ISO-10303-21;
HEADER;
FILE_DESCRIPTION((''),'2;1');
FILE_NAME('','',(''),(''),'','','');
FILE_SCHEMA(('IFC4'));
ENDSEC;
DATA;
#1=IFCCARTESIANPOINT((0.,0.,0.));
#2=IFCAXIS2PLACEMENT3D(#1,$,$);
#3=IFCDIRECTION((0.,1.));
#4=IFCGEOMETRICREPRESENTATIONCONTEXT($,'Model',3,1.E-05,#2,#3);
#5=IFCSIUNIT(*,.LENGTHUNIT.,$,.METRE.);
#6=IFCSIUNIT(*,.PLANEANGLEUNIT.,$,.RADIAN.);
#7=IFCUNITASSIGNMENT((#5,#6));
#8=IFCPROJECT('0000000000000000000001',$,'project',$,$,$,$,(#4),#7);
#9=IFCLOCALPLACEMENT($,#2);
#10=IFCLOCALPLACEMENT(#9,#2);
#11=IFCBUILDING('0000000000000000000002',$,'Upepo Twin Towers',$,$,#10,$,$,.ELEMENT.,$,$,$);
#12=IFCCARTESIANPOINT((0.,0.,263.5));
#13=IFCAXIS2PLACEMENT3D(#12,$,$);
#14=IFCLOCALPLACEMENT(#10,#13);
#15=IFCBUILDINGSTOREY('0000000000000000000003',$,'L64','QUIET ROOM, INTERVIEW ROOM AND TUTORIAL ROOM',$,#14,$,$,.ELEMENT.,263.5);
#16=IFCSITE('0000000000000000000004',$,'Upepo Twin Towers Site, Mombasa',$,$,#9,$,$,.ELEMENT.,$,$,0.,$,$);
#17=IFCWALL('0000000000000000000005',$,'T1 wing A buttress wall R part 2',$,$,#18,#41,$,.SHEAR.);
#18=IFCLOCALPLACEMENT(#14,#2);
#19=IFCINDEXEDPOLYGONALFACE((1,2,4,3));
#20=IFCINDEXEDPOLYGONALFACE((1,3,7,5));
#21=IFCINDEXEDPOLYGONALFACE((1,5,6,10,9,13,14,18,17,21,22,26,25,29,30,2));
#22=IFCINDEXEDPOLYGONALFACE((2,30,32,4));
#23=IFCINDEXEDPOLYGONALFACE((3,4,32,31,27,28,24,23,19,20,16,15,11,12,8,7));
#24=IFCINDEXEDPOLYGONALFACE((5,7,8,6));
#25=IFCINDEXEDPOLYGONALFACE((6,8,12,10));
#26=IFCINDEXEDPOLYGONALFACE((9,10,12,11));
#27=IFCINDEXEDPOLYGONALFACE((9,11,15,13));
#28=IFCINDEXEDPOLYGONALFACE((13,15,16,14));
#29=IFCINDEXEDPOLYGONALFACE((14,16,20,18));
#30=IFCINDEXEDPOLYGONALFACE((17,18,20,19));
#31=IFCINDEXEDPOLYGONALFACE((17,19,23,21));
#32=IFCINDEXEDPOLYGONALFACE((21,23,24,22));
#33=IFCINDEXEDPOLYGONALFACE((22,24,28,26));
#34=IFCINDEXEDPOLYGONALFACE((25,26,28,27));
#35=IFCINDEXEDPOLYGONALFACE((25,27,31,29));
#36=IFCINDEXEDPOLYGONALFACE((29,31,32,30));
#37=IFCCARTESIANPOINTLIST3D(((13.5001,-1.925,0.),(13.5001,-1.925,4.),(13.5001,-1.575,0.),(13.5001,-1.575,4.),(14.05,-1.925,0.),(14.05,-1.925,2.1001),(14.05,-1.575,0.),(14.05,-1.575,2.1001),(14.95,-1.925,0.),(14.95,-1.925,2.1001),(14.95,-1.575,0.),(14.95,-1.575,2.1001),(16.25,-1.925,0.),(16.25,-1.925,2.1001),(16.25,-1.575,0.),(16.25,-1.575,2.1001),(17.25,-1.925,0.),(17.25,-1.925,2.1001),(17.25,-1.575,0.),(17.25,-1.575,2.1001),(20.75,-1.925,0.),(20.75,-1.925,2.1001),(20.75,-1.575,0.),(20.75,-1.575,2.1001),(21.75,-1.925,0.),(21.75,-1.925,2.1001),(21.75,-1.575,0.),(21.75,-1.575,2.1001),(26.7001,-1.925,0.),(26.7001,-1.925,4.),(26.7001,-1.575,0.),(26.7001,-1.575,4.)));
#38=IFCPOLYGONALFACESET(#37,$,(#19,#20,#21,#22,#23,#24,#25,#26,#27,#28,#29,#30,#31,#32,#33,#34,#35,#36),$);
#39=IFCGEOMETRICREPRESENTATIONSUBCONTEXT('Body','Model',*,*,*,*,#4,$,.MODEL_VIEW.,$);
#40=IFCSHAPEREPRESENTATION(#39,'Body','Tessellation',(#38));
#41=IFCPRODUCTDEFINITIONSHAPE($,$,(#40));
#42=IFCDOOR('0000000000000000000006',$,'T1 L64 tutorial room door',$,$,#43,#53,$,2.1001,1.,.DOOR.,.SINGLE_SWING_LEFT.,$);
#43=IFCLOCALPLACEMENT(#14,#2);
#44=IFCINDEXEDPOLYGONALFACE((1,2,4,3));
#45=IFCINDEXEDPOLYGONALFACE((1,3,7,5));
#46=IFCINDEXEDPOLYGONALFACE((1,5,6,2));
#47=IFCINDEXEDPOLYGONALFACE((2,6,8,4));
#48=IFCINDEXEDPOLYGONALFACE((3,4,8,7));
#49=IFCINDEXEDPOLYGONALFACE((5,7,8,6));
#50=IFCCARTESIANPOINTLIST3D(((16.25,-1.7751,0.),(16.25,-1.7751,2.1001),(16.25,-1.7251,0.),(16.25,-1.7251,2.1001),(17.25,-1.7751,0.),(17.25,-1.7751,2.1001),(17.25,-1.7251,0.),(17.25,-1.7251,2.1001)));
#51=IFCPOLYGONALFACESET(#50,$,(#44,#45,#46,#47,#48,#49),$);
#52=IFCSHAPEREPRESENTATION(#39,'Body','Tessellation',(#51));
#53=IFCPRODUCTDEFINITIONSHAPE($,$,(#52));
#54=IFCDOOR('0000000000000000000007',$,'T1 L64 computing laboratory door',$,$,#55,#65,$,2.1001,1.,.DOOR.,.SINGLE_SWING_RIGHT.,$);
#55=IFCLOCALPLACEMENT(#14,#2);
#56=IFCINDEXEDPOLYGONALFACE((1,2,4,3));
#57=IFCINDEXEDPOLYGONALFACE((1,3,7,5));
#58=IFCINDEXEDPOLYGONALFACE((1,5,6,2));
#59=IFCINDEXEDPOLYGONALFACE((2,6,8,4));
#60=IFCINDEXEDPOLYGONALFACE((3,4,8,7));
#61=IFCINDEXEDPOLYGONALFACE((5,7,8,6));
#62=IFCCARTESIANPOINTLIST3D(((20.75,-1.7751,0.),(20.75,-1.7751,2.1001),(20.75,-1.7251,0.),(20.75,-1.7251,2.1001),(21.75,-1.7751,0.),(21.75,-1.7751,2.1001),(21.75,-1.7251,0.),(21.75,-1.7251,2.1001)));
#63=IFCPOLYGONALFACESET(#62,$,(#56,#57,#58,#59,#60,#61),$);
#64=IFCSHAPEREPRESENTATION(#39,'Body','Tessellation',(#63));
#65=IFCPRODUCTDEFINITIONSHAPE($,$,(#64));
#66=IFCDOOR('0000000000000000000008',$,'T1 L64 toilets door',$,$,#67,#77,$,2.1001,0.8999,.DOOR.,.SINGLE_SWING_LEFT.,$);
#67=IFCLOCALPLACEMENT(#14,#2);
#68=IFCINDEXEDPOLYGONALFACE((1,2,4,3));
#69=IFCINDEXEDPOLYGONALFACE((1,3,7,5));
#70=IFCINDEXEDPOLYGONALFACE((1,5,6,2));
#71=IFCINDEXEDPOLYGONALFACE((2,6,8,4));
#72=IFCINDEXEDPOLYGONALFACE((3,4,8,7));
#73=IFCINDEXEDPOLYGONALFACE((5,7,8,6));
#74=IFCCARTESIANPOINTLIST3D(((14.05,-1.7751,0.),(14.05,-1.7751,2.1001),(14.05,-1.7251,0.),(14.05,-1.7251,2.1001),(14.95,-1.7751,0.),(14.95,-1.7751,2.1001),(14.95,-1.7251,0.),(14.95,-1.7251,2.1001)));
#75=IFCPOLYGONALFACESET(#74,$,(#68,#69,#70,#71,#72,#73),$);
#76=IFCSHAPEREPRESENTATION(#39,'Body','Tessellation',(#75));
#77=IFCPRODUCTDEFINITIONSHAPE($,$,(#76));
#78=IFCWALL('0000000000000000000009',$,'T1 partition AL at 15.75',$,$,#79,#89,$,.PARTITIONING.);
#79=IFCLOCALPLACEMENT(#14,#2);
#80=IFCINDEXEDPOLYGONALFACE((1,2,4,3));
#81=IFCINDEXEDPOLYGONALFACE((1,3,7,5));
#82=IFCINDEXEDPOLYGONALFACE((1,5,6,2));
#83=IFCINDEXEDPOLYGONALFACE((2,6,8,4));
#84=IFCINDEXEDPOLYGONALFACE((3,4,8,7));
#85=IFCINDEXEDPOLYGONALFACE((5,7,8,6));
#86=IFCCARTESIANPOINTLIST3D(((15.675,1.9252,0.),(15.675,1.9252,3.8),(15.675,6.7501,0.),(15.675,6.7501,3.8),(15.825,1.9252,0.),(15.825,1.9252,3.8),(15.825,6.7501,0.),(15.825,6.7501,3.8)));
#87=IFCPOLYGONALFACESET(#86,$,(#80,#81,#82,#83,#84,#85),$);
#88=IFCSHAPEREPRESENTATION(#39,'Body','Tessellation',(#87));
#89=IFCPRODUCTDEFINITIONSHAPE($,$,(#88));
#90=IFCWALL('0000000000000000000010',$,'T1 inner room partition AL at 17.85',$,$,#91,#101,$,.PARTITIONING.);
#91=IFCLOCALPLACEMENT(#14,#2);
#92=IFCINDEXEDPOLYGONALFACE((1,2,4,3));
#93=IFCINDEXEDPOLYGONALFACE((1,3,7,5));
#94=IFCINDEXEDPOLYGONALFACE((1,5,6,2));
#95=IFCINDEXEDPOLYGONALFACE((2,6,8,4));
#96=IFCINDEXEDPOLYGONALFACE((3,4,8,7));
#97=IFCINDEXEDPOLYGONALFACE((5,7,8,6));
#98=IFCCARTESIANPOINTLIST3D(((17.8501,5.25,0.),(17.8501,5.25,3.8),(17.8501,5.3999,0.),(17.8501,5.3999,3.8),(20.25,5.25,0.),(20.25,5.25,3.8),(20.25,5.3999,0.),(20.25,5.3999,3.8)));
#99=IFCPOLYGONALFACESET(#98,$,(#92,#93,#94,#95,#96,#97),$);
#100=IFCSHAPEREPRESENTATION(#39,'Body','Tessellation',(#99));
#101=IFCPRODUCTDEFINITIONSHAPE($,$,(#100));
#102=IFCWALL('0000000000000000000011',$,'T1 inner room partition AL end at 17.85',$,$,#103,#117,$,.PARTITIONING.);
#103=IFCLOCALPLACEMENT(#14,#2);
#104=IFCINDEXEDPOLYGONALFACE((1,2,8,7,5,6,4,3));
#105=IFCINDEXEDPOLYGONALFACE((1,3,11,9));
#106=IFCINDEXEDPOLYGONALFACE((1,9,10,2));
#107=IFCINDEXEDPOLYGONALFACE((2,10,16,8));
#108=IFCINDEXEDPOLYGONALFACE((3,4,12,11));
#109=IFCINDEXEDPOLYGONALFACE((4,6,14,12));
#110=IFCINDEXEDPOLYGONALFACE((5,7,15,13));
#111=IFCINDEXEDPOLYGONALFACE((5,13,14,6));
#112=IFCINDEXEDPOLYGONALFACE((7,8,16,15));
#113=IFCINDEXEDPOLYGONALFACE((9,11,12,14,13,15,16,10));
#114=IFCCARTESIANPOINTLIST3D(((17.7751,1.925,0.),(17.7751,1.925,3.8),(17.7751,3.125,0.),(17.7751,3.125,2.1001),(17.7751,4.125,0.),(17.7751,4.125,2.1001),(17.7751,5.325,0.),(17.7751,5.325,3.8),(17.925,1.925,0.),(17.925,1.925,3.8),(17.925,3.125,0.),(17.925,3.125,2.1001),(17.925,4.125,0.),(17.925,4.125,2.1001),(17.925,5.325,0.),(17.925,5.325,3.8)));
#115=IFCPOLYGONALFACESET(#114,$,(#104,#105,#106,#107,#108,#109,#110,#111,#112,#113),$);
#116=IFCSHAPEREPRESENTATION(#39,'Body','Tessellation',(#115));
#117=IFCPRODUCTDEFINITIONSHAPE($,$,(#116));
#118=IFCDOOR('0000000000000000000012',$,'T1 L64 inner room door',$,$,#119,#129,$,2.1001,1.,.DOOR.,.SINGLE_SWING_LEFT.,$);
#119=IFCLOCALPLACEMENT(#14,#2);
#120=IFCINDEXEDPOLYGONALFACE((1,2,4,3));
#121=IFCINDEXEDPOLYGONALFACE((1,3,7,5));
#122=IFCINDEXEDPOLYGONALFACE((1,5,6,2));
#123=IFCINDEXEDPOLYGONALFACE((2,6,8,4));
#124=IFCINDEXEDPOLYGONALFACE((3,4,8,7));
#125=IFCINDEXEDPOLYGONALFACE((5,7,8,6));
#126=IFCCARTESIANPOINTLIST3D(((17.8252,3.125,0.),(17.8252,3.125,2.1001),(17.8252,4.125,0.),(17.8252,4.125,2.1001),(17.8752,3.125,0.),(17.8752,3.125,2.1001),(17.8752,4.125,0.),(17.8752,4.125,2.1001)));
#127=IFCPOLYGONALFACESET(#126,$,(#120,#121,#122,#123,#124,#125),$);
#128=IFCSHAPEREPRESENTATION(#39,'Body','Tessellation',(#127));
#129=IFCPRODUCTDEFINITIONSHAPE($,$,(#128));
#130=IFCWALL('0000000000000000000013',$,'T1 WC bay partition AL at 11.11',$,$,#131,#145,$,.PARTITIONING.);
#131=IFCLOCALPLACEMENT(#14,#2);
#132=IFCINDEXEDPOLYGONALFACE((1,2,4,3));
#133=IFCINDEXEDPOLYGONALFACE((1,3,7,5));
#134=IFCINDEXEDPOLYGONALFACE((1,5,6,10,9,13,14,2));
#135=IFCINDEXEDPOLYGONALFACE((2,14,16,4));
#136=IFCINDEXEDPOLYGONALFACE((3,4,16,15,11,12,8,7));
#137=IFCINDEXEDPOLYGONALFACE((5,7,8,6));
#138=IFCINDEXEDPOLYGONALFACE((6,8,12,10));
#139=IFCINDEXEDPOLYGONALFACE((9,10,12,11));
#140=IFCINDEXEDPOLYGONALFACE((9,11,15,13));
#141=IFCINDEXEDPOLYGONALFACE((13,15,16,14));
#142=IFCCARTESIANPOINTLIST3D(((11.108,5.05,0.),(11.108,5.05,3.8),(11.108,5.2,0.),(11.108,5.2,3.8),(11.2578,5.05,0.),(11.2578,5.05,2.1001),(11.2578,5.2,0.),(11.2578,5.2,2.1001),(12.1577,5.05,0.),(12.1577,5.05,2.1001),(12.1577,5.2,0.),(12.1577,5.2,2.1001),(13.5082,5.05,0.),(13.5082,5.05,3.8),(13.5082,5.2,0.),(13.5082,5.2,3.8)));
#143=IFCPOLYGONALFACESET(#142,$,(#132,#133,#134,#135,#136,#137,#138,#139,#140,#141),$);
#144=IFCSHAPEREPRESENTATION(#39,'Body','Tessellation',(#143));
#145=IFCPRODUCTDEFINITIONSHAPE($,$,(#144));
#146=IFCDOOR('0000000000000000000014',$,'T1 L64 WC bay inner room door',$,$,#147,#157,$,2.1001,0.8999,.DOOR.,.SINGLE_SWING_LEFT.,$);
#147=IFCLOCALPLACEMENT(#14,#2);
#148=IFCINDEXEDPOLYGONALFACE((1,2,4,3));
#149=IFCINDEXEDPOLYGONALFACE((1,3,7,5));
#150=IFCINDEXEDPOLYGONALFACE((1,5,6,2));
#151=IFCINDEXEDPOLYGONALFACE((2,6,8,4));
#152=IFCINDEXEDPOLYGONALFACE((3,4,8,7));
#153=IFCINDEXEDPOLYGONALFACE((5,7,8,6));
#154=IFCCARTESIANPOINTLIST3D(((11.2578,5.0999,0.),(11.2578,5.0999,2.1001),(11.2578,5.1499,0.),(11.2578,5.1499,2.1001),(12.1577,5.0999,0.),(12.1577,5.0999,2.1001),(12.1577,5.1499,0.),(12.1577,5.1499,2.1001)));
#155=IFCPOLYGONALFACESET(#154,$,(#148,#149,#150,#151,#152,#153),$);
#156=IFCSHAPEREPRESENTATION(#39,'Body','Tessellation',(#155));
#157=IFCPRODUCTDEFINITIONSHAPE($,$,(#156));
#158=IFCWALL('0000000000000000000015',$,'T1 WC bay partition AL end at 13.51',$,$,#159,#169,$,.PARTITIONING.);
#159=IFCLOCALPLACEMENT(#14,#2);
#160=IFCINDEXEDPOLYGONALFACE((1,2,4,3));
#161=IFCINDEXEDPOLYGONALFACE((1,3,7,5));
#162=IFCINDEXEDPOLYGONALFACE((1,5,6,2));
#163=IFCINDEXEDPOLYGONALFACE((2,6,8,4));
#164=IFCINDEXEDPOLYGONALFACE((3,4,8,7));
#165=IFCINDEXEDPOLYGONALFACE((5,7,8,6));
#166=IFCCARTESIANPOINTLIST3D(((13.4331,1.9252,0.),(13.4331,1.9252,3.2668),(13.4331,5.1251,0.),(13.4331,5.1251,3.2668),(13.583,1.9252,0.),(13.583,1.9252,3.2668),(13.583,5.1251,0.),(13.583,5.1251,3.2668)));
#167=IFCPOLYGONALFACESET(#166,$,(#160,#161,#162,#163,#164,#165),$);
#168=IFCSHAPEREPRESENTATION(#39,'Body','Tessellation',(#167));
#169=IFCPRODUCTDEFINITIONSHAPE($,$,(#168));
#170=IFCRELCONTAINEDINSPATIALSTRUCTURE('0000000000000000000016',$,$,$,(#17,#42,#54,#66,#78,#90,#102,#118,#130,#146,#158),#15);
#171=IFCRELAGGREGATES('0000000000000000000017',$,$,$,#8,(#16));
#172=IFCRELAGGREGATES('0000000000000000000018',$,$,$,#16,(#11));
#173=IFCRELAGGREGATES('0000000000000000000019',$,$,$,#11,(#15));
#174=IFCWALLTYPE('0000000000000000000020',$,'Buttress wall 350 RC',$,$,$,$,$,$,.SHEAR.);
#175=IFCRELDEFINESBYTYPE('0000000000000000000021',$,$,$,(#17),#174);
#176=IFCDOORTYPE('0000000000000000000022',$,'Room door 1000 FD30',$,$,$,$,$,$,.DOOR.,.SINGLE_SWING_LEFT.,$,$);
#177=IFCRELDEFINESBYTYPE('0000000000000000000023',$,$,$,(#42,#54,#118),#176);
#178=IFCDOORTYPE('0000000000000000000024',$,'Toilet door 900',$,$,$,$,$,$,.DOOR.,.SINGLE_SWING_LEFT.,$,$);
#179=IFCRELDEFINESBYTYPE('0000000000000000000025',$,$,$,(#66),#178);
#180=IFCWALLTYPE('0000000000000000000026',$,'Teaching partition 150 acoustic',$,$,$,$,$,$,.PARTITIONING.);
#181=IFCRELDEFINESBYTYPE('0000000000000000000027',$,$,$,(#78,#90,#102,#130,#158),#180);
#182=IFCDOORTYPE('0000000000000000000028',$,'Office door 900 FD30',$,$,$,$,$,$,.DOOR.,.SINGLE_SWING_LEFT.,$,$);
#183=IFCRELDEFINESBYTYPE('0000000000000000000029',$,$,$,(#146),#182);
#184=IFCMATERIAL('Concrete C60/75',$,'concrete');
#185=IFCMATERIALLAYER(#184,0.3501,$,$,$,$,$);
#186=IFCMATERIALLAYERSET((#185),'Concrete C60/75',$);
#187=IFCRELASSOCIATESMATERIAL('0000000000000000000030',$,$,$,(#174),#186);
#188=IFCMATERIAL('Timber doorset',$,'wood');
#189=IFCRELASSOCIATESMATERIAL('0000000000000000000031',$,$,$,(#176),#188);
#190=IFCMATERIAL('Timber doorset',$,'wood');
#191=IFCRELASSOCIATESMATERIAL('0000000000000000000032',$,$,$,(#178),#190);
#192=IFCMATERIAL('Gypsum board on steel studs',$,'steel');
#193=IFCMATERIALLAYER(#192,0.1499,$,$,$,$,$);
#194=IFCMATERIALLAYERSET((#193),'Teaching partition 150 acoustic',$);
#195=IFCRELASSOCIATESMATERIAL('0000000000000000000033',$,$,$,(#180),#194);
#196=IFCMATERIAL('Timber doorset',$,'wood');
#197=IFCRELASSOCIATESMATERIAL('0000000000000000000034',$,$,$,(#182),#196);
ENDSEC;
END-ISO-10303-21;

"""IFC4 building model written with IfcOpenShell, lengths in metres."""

from ifc_helpers import new_model, si_unit, direction, frame, frame_2d, origin, place, context, subcontext, project, spatial, rectangle, extrude, material, layer, layer_set, type_object, element, fill, save


model = new_model("IFC4")

# Units and contexts
model_context = context("Model", 3, precision=1e-05, world=origin(), true_north=direction((0.0, 1.0)))
body_context = subcontext(model_context, "Body", "Model", "MODEL_VIEW")
ifc_project = project(units=[si_unit("LENGTHUNIT", "METRE"), si_unit("PLANEANGLEUNIT", "RADIAN")], contexts=[model_context])

# Site, building, storey
site_placement = place(None, origin())
site = spatial("IfcSite", under=ifc_project, at=site_placement, Name="Upepo Twin Towers Site, Mombasa", CompositionType="ELEMENT", RefElevation=0.0)
building_placement = place(site_placement, origin())
building = spatial("IfcBuilding", under=site, at=building_placement, Name="Upepo Twin Towers", CompositionType="ELEMENT")
storey_placement = place(building_placement, frame((0.0, 0.0, 263.5)))
storey = spatial("IfcBuildingStorey", under=building, at=storey_placement, Name="L64", Description="QUIET ROOM, INTERVIEW ROOM AND TUTORIAL ROOM", CompositionType="ELEMENT", Elevation=263.5)

# Wall, openings, doors
ifc_material_1 = material(Name="Concrete C60/75", Category="concrete")
ifc_layer_1 = layer(ifc_material_1, 0.3501)
ifc_layer_set_1 = layer_set([ifc_layer_1], Name="Concrete C60/75")
wall_type_1 = type_object("IfcWallType", Name="Buttress wall 350 RC", PredefinedType="SHEAR", material=ifc_layer_set_1)
ifc_material_2 = material(Name="Timber doorset", Category="wood")
door_type_1 = type_object("IfcDoorType", Name="Room door 1000 FD30", OperationType="SINGLE_SWING_LEFT", PredefinedType="DOOR", material=ifc_material_2)
ifc_material_3 = material(Name="Timber doorset", Category="wood")
door_type_2 = type_object("IfcDoorType", Name="Toilet door 900", OperationType="SINGLE_SWING_LEFT", PredefinedType="DOOR", material=ifc_material_3)
wall_1_placement = place(storey_placement, frame((13.5, -1.75, 0.0), z_axis=(0.0, 0.0, 1.0), x_axis=(1.0, 0.0, 0.0)))
wall_1 = element("IfcWall", 1, at=wall_1_placement, inside=storey, type_object=wall_type_1, Name="T1 wing A buttress wall R part 2", PredefinedType="SHEAR", context=body_context, shape_type="SweptSolid", body=[
    extrude(rectangle(XDim=13.2, YDim=0.3501, at=frame_2d((6.6001, 0.0))), origin(), (0.0, 0.0, 1.0), 4.0),
])
opening_1_placement = place(wall_1_placement, frame((0.55, 0.0, 0.0)))
opening_1 = element("IfcOpeningElement", 2, at=opening_1_placement, cuts=wall_1, PredefinedType="OPENING", context=body_context, shape_type="SweptSolid", body=[
    extrude(rectangle(XDim=0.8999, YDim=2.1001, at=frame_2d((0.45, 1.05))), frame((0.0, 0.1851, 0.0), z_axis=(0.0, -1.0, 0.0), x_axis=(1.0, 0.0, 0.0)), (0.0, 0.0, 1.0), 0.3701),
])
opening_2_placement = place(wall_1_placement, frame((2.75, 0.0, 0.0)))
opening_2 = element("IfcOpeningElement", 3, at=opening_2_placement, cuts=wall_1, PredefinedType="OPENING", context=body_context, shape_type="SweptSolid", body=[
    extrude(rectangle(XDim=1.0, YDim=2.1001, at=frame_2d((0.5, 1.05))), frame((0.0, 0.1851, 0.0), z_axis=(0.0, -1.0, 0.0), x_axis=(1.0, 0.0, 0.0)), (0.0, 0.0, 1.0), 0.3701),
])
opening_3_placement = place(wall_1_placement, frame((7.25, 0.0, 0.0)))
opening_3 = element("IfcOpeningElement", 4, at=opening_3_placement, cuts=wall_1, PredefinedType="OPENING", context=body_context, shape_type="SweptSolid", body=[
    extrude(rectangle(XDim=1.0, YDim=2.1001, at=frame_2d((0.5, 1.05))), frame((0.0, 0.1851, 0.0), z_axis=(0.0, -1.0, 0.0), x_axis=(1.0, 0.0, 0.0)), (0.0, 0.0, 1.0), 0.3701),
])
door_1_placement = place(opening_2_placement, origin())
door_1 = element("IfcDoor", 5, at=door_1_placement, inside=storey, type_object=door_type_1, Name="T1 L64 tutorial room door", OperationType="SINGLE_SWING_LEFT", OverallHeight=2.1001, OverallWidth=1.0, PredefinedType="DOOR", context=body_context, shape_type="SweptSolid", body=[
    extrude(rectangle(XDim=1.0, YDim=2.1001, at=frame_2d((0.5, 1.05))), frame((0.0, 0.0249, 0.0), z_axis=(0.0, -1.0, 0.0), x_axis=(1.0, 0.0, 0.0)), (0.0, 0.0, 1.0), 0.05),
])
fill(opening_2, door_1)
door_2_placement = place(opening_3_placement, origin())
door_2 = element("IfcDoor", 6, at=door_2_placement, inside=storey, type_object=door_type_1, Name="T1 L64 computing laboratory door", OperationType="SINGLE_SWING_RIGHT", OverallHeight=2.1001, OverallWidth=1.0, PredefinedType="DOOR", context=body_context, shape_type="SweptSolid", body=[
    extrude(rectangle(XDim=1.0, YDim=2.1001, at=frame_2d((0.5, 1.05))), frame((0.0, 0.0249, 0.0), z_axis=(0.0, -1.0, 0.0), x_axis=(1.0, 0.0, 0.0)), (0.0, 0.0, 1.0), 0.05),
])
fill(opening_3, door_2)
door_3_placement = place(opening_1_placement, origin())
door_3 = element("IfcDoor", 7, at=door_3_placement, inside=storey, type_object=door_type_2, Name="T1 L64 toilets door", OperationType="SINGLE_SWING_LEFT", OverallHeight=2.1001, OverallWidth=0.8999, PredefinedType="DOOR", context=body_context, shape_type="SweptSolid", body=[
    extrude(rectangle(XDim=0.8999, YDim=2.1001, at=frame_2d((0.45, 1.05))), frame((0.0, 0.0249, 0.0), z_axis=(0.0, -1.0, 0.0), x_axis=(1.0, 0.0, 0.0)), (0.0, 0.0, 1.0), 0.05),
])
fill(opening_1, door_3)

# Walls
ifc_material_4 = material(Name="Gypsum board on steel studs", Category="steel")
ifc_layer_2 = layer(ifc_material_4, 0.1499)
ifc_layer_set_2 = layer_set([ifc_layer_2], Name="Teaching partition 150 acoustic")
wall_type_2 = type_object("IfcWallType", Name="Teaching partition 150 acoustic", PredefinedType="PARTITIONING", material=ifc_layer_set_2)
wall_2_placement = place(storey_placement, frame((15.75, 1.925, 0.0), z_axis=(0.0, 0.0, 1.0), x_axis=(0.0, 1.0, 0.0)))
element("IfcWall", 8, at=wall_2_placement, inside=storey, type_object=wall_type_2, Name="T1 partition AL at 15.75", PredefinedType="PARTITIONING", context=body_context, shape_type="SweptSolid", body=[
    extrude(rectangle(XDim=4.825, YDim=0.1499, at=frame_2d((2.4126, 0.0))), origin(), (0.0, 0.0, 1.0), 3.8),
])
wall_3_placement = place(storey_placement, frame((17.8501, 5.325, 0.0), z_axis=(0.0, 0.0, 1.0), x_axis=(1.0, 0.0, 0.0)))
element("IfcWall", 9, at=wall_3_placement, inside=storey, type_object=wall_type_2, Name="T1 inner room partition AL at 17.85", PredefinedType="PARTITIONING", context=body_context, shape_type="SweptSolid", body=[
    extrude(rectangle(XDim=2.3999, YDim=0.1499, at=frame_2d((1.2, 0.0))), origin(), (0.0, 0.0, 1.0), 3.8),
])

# Walls, openings, doors
wall_4_placement = place(storey_placement, frame((17.8501, 1.925, 0.0), z_axis=(0.0, 0.0, 1.0), x_axis=(0.0, 1.0, 0.0)))
wall_4 = element("IfcWall", 10, at=wall_4_placement, inside=storey, type_object=wall_type_2, Name="T1 inner room partition AL end at 17.85", PredefinedType="PARTITIONING", context=body_context, shape_type="SweptSolid", body=[
    extrude(rectangle(XDim=3.3999, YDim=0.1499, at=frame_2d((1.7, 0.0))), origin(), (0.0, 0.0, 1.0), 3.8),
])
opening_4_placement = place(wall_4_placement, frame((1.2, 0.0, 0.0)))
opening_4 = element("IfcOpeningElement", 11, at=opening_4_placement, cuts=wall_4, PredefinedType="OPENING", context=body_context, shape_type="SweptSolid", body=[
    extrude(rectangle(XDim=1.0, YDim=2.1001, at=frame_2d((0.5, 1.05))), frame((0.0, 0.085, 0.0), z_axis=(0.0, -1.0, 0.0), x_axis=(1.0, 0.0, 0.0)), (0.0, 0.0, 1.0), 0.1699),
])
door_4_placement = place(opening_4_placement, origin())
door_4 = element("IfcDoor", 12, at=door_4_placement, inside=storey, type_object=door_type_1, Name="T1 L64 inner room door", OperationType="SINGLE_SWING_LEFT", OverallHeight=2.1001, OverallWidth=1.0, PredefinedType="DOOR", context=body_context, shape_type="SweptSolid", body=[
    extrude(rectangle(XDim=1.0, YDim=2.1001, at=frame_2d((0.5, 1.05))), frame((0.0, 0.0249, 0.0), z_axis=(0.0, -1.0, 0.0), x_axis=(1.0, 0.0, 0.0)), (0.0, 0.0, 1.0), 0.05),
])
fill(opening_4, door_4)
wall_5_placement = place(storey_placement, frame((11.1079, 5.125, 0.0), z_axis=(0.0, 0.0, 1.0), x_axis=(1.0, 0.0, 0.0)))
wall_5 = element("IfcWall", 13, at=wall_5_placement, inside=storey, type_object=wall_type_2, Name="T1 WC bay partition AL at 11.11", PredefinedType="PARTITIONING", context=body_context, shape_type="SweptSolid", body=[
    extrude(rectangle(XDim=2.4001, YDim=0.1499, at=frame_2d((1.2002, 0.0))), origin(), (0.0, 0.0, 1.0), 3.8),
])
opening_5_placement = place(wall_5_placement, frame((0.1499, 0.0, 0.0)))
opening_5 = element("IfcOpeningElement", 14, at=opening_5_placement, cuts=wall_5, PredefinedType="OPENING", context=body_context, shape_type="SweptSolid", body=[
    extrude(rectangle(XDim=0.8999, YDim=2.1001, at=frame_2d((0.45, 1.05))), frame((0.0, 0.085, 0.0), z_axis=(0.0, -1.0, 0.0), x_axis=(1.0, 0.0, 0.0)), (0.0, 0.0, 1.0), 0.1699),
])
ifc_material_5 = material(Name="Timber doorset", Category="wood")
door_type_3 = type_object("IfcDoorType", Name="Office door 900 FD30", OperationType="SINGLE_SWING_LEFT", PredefinedType="DOOR", material=ifc_material_5)
door_5_placement = place(opening_5_placement, origin())
door_5 = element("IfcDoor", 15, at=door_5_placement, inside=storey, type_object=door_type_3, Name="T1 L64 WC bay inner room door", OperationType="SINGLE_SWING_LEFT", OverallHeight=2.1001, OverallWidth=0.8999, PredefinedType="DOOR", context=body_context, shape_type="SweptSolid", body=[
    extrude(rectangle(XDim=0.8999, YDim=2.1001, at=frame_2d((0.45, 1.05))), frame((0.0, 0.0249, 0.0), z_axis=(0.0, -1.0, 0.0), x_axis=(1.0, 0.0, 0.0)), (0.0, 0.0, 1.0), 0.05),
])
fill(opening_5, door_5)

# Wall
wall_6_placement = place(storey_placement, frame((13.5081, 1.925, 0.0), z_axis=(0.0, 0.0, 1.0), x_axis=(0.0, 1.0, 0.0)))
element("IfcWall", 16, at=wall_6_placement, inside=storey, type_object=wall_type_2, Name="T1 WC bay partition AL end at 13.51", PredefinedType="PARTITIONING", context=body_context, shape_type="SweptSolid", body=[
    extrude(rectangle(XDim=3.2, YDim=0.1499, at=frame_2d((1.6001, 0.0))), origin(), (0.0, 0.0, 1.0), 3.2668),
])

save(model, "model.ifc")
